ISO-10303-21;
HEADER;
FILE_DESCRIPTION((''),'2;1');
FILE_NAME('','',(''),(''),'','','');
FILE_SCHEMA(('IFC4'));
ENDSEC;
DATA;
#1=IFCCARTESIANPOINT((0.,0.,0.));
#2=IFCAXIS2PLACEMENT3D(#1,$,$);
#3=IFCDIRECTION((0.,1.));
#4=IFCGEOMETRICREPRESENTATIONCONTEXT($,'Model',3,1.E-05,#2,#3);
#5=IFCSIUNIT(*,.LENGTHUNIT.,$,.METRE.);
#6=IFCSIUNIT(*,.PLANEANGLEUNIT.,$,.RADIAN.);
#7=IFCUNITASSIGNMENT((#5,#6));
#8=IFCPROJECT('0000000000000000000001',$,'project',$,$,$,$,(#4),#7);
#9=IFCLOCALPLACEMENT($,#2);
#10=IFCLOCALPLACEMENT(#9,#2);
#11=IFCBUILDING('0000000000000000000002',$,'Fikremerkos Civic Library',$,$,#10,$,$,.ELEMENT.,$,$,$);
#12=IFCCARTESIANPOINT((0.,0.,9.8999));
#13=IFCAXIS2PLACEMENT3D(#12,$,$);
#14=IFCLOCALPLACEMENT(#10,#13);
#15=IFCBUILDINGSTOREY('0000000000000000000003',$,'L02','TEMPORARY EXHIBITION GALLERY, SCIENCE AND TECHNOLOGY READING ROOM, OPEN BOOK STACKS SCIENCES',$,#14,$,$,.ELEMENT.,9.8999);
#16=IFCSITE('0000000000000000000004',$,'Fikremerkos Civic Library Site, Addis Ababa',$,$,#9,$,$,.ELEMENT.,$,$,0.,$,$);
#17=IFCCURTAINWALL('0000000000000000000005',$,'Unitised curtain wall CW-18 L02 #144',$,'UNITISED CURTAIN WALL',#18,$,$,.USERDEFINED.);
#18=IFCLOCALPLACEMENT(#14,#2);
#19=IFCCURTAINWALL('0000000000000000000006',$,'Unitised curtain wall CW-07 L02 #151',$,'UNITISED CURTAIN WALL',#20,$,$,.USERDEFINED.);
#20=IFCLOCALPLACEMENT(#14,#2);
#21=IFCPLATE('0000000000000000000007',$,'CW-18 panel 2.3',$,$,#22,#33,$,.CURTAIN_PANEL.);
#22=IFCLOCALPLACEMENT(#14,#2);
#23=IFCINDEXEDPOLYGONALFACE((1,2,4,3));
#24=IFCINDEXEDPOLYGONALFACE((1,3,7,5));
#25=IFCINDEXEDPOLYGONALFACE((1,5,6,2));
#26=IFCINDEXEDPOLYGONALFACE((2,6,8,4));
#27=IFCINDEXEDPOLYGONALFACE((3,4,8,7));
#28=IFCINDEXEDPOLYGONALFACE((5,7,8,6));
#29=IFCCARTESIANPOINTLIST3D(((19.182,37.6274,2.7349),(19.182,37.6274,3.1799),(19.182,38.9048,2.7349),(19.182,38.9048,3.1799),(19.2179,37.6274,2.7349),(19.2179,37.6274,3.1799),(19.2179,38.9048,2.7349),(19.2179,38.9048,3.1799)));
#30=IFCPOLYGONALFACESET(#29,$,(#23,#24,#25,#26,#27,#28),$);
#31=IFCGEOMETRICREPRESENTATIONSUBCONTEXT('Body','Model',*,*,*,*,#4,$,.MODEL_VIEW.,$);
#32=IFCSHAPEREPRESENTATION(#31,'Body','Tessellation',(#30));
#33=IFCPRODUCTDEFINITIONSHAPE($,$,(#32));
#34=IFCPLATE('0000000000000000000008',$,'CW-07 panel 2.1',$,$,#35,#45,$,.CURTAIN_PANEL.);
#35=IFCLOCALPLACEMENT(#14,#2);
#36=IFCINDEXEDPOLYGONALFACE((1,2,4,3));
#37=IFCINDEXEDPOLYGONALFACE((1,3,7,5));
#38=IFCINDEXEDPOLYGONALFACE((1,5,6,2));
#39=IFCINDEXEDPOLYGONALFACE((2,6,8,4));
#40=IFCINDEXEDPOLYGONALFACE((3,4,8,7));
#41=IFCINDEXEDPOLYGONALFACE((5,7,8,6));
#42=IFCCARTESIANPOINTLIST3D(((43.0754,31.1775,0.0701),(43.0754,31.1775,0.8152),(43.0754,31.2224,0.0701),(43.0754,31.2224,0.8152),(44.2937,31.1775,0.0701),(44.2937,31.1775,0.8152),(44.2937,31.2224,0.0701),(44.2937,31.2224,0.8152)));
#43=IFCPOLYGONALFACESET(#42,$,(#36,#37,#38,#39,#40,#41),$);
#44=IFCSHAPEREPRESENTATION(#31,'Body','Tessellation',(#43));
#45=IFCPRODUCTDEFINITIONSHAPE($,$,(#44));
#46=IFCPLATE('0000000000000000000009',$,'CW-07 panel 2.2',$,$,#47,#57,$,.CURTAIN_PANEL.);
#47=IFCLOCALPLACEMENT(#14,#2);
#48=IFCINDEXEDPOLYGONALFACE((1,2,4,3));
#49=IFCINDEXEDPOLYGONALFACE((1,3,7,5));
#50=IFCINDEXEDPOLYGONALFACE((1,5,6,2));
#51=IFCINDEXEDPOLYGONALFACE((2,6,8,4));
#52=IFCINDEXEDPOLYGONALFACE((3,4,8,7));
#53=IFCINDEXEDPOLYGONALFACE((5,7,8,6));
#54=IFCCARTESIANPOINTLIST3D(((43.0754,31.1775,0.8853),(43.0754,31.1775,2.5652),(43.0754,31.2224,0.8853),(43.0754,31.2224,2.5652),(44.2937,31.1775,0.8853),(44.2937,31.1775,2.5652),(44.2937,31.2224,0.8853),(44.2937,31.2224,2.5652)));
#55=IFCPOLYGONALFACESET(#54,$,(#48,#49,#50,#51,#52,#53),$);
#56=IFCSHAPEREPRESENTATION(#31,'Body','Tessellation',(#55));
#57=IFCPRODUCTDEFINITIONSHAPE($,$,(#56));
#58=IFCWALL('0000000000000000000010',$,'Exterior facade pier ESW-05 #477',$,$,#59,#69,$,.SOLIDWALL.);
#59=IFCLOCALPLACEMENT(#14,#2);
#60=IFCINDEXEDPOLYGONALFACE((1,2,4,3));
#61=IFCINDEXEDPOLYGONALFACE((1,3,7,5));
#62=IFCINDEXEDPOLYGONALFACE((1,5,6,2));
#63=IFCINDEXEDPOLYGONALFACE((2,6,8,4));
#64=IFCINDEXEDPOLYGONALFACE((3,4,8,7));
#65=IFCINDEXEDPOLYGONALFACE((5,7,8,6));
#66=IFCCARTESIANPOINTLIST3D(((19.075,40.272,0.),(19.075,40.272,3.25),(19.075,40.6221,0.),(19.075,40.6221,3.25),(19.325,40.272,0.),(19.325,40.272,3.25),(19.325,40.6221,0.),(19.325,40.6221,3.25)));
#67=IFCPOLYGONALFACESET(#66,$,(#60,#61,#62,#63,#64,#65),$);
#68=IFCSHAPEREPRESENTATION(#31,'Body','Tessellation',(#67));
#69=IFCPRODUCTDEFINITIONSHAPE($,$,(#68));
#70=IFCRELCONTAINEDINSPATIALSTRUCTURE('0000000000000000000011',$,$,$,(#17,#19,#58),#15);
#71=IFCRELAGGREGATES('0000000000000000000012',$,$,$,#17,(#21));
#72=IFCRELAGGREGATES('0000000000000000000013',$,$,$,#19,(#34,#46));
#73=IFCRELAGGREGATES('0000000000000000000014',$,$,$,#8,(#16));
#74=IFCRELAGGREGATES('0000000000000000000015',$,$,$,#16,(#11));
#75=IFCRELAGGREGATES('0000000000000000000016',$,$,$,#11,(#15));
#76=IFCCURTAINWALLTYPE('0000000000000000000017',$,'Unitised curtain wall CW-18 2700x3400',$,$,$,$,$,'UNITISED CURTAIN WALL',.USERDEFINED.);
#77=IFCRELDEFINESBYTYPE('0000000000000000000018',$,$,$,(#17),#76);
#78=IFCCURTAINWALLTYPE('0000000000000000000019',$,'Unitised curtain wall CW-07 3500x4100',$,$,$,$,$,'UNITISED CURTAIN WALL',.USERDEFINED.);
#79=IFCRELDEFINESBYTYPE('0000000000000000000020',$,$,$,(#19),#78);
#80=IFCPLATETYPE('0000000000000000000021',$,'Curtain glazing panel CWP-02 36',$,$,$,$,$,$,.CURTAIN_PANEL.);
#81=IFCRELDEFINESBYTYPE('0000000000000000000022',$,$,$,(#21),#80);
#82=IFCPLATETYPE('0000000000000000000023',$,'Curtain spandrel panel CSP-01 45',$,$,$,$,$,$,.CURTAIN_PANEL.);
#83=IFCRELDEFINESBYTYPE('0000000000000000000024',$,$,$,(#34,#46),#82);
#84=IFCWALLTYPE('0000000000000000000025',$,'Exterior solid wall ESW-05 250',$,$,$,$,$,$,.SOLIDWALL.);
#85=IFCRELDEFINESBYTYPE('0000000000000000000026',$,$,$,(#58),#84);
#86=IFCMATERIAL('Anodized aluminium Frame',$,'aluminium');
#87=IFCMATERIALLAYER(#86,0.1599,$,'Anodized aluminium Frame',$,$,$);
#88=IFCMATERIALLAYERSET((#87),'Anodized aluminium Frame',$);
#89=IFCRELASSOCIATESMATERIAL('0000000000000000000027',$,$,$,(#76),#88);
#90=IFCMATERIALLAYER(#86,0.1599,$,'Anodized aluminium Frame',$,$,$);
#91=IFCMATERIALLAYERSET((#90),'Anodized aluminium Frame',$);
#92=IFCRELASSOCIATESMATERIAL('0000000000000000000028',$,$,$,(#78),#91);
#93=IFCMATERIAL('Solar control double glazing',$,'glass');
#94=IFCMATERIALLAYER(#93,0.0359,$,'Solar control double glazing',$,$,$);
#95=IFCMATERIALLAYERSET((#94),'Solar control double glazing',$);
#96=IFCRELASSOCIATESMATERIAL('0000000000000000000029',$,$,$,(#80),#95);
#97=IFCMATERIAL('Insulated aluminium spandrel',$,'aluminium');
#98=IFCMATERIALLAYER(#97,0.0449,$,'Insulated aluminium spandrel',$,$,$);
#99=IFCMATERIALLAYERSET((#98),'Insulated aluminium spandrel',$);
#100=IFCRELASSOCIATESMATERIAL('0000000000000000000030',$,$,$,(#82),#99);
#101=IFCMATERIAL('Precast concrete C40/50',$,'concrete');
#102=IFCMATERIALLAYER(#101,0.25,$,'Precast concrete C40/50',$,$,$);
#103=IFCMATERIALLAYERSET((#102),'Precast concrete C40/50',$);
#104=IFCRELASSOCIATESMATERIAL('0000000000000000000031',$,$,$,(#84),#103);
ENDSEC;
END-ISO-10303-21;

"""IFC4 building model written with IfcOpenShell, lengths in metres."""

from ifc_helpers import new_model, si_unit, direction, frame, frame_2d, origin, origin_2d, place, context, subcontext, project, spatial, rectangle, extrude, material, layer, layer_set, type_object, element, aggregate, save


model = new_model("IFC4")

# Units and contexts
model_context = context("Model", 3, precision=1e-05, world=origin(), true_north=direction((0.0, 1.0)))
body_context = subcontext(model_context, "Body", "Model", "MODEL_VIEW")
ifc_project = project(units=[si_unit("LENGTHUNIT", "METRE"), si_unit("PLANEANGLEUNIT", "RADIAN")], contexts=[model_context])

# Site, building, storey
site_placement = place(None, origin())
site = spatial("IfcSite", under=ifc_project, at=site_placement, Name="Fikremerkos Civic Library Site, Addis Ababa", CompositionType="ELEMENT", RefElevation=0.0)
building_placement = place(site_placement, origin())
building = spatial("IfcBuilding", under=site, at=building_placement, Name="Fikremerkos Civic Library", CompositionType="ELEMENT")
storey_placement = place(building_placement, frame((0.0, 0.0, 9.8999)))
storey = spatial("IfcBuildingStorey", under=building, at=storey_placement, Name="L02", Description="TEMPORARY EXHIBITION GALLERY, SCIENCE AND TECHNOLOGY READING ROOM, OPEN BOOK STACKS SCIENCES", CompositionType="ELEMENT", Elevation=9.8999)

# Curtain walls
ifc_material_1 = material(Name="Anodized aluminium Frame", Category="aluminium")
ifc_layer_1 = layer(ifc_material_1, 0.1599, Name="Anodized aluminium Frame")
ifc_layer_set_1 = layer_set([ifc_layer_1], Name="Anodized aluminium Frame")
curtain_wall_type_1 = type_object("IfcCurtainWallType", Name="Unitised curtain wall CW-18 2700x3400", ElementType="UNITISED CURTAIN WALL", PredefinedType="USERDEFINED", material=ifc_layer_set_1)
curtain_wall_1_placement = place(storey_placement, origin())
curtain_wall_1 = element("IfcCurtainWall", 1, at=curtain_wall_1_placement, inside=storey, type_object=curtain_wall_type_1, Name="Unitised curtain wall CW-18 L02 #144", ObjectType="UNITISED CURTAIN WALL", PredefinedType="USERDEFINED")
ifc_layer_2 = layer(ifc_material_1, 0.1599, Name="Anodized aluminium Frame")
ifc_layer_set_2 = layer_set([ifc_layer_2], Name="Anodized aluminium Frame")
curtain_wall_type_2 = type_object("IfcCurtainWallType", Name="Unitised curtain wall CW-07 3500x4100", ElementType="UNITISED CURTAIN WALL", PredefinedType="USERDEFINED", material=ifc_layer_set_2)
curtain_wall_2_placement = place(storey_placement, origin())
curtain_wall_2 = element("IfcCurtainWall", 2, at=curtain_wall_2_placement, inside=storey, type_object=curtain_wall_type_2, Name="Unitised curtain wall CW-07 L02 #151", ObjectType="UNITISED CURTAIN WALL", PredefinedType="USERDEFINED")

# Plates
ifc_material_2 = material(Name="Solar control double glazing", Category="glass")
ifc_layer_3 = layer(ifc_material_2, 0.0359, Name="Solar control double glazing")
ifc_layer_set_3 = layer_set([ifc_layer_3], Name="Solar control double glazing")
plate_type_1 = type_object("IfcPlateType", Name="Curtain glazing panel CWP-02 36", PredefinedType="CURTAIN_PANEL", material=ifc_layer_set_3)
plate_1_placement = place(storey_placement, frame((19.2, 38.2661, 2.7349), z_axis=(0.0, 0.0, 1.0), x_axis=(0.0, -1.0, 0.0)))
plate_1 = element("IfcPlate", 3, at=plate_1_placement, type_object=plate_type_1, Name="CW-18 panel 2.3", PredefinedType="CURTAIN_PANEL", context=body_context, shape_type="SweptSolid", body=[
    extrude(rectangle(XDim=1.2773, YDim=0.0359, at=origin_2d()), origin(), (0.0, 0.0, 1.0), 0.4451),
])
aggregate(curtain_wall_1, [plate_1])
ifc_material_3 = material(Name="Insulated aluminium spandrel", Category="aluminium")
ifc_layer_4 = layer(ifc_material_3, 0.0449, Name="Insulated aluminium spandrel")
ifc_layer_set_4 = layer_set([ifc_layer_4], Name="Insulated aluminium spandrel")
plate_type_2 = type_object("IfcPlateType", Name="Curtain spandrel panel CSP-01 45", PredefinedType="CURTAIN_PANEL", material=ifc_layer_set_4)
plate_2_placement = place(storey_placement, frame((43.6846, 31.2, 0.0701), z_axis=(0.0, 0.0, 1.0), x_axis=(1.0, 0.0, 0.0)))
plate_2 = element("IfcPlate", 4, at=plate_2_placement, type_object=plate_type_2, Name="CW-07 panel 2.1", PredefinedType="CURTAIN_PANEL", context=body_context, shape_type="SweptSolid", body=[
    extrude(rectangle(XDim=1.2183, YDim=0.0449, at=origin_2d()), origin(), (0.0, 0.0, 1.0), 0.7451),
])
plate_3_placement = place(storey_placement, frame((43.6846, 31.2, 0.8853), z_axis=(0.0, 0.0, 1.0), x_axis=(1.0, 0.0, 0.0)))
plate_3 = element("IfcPlate", 5, at=plate_3_placement, type_object=plate_type_2, Name="CW-07 panel 2.2", PredefinedType="CURTAIN_PANEL", context=body_context, shape_type="SweptSolid", body=[
    extrude(rectangle(XDim=1.2183, YDim=0.0449, at=origin_2d()), origin(), (0.0, 0.0, 1.0), 1.6799),
])
aggregate(curtain_wall_2, [plate_2, plate_3])

# Wall
ifc_material_4 = material(Name="Precast concrete C40/50", Category="concrete")
ifc_layer_5 = layer(ifc_material_4, 0.25, Name="Precast concrete C40/50")
ifc_layer_set_5 = layer_set([ifc_layer_5], Name="Precast concrete C40/50")
wall_type = type_object("IfcWallType", Name="Exterior solid wall ESW-05 250", PredefinedType="SOLIDWALL", material=ifc_layer_set_5)
wall_placement = place(storey_placement, frame((19.2, 40.6221, 0.0), z_axis=(0.0, 0.0, 1.0), x_axis=(0.0, -1.0, 0.0)))
element("IfcWall", 6, at=wall_placement, inside=storey, type_object=wall_type, Name="Exterior facade pier ESW-05 #477", PredefinedType="SOLIDWALL", context=body_context, shape_type="SweptSolid", body=[
    extrude(rectangle(XDim=0.3501, YDim=0.25, at=frame_2d((0.175, 0.0))), origin(), (0.0, 0.0, 1.0), 3.25),
])

save(model, "model.ifc")
